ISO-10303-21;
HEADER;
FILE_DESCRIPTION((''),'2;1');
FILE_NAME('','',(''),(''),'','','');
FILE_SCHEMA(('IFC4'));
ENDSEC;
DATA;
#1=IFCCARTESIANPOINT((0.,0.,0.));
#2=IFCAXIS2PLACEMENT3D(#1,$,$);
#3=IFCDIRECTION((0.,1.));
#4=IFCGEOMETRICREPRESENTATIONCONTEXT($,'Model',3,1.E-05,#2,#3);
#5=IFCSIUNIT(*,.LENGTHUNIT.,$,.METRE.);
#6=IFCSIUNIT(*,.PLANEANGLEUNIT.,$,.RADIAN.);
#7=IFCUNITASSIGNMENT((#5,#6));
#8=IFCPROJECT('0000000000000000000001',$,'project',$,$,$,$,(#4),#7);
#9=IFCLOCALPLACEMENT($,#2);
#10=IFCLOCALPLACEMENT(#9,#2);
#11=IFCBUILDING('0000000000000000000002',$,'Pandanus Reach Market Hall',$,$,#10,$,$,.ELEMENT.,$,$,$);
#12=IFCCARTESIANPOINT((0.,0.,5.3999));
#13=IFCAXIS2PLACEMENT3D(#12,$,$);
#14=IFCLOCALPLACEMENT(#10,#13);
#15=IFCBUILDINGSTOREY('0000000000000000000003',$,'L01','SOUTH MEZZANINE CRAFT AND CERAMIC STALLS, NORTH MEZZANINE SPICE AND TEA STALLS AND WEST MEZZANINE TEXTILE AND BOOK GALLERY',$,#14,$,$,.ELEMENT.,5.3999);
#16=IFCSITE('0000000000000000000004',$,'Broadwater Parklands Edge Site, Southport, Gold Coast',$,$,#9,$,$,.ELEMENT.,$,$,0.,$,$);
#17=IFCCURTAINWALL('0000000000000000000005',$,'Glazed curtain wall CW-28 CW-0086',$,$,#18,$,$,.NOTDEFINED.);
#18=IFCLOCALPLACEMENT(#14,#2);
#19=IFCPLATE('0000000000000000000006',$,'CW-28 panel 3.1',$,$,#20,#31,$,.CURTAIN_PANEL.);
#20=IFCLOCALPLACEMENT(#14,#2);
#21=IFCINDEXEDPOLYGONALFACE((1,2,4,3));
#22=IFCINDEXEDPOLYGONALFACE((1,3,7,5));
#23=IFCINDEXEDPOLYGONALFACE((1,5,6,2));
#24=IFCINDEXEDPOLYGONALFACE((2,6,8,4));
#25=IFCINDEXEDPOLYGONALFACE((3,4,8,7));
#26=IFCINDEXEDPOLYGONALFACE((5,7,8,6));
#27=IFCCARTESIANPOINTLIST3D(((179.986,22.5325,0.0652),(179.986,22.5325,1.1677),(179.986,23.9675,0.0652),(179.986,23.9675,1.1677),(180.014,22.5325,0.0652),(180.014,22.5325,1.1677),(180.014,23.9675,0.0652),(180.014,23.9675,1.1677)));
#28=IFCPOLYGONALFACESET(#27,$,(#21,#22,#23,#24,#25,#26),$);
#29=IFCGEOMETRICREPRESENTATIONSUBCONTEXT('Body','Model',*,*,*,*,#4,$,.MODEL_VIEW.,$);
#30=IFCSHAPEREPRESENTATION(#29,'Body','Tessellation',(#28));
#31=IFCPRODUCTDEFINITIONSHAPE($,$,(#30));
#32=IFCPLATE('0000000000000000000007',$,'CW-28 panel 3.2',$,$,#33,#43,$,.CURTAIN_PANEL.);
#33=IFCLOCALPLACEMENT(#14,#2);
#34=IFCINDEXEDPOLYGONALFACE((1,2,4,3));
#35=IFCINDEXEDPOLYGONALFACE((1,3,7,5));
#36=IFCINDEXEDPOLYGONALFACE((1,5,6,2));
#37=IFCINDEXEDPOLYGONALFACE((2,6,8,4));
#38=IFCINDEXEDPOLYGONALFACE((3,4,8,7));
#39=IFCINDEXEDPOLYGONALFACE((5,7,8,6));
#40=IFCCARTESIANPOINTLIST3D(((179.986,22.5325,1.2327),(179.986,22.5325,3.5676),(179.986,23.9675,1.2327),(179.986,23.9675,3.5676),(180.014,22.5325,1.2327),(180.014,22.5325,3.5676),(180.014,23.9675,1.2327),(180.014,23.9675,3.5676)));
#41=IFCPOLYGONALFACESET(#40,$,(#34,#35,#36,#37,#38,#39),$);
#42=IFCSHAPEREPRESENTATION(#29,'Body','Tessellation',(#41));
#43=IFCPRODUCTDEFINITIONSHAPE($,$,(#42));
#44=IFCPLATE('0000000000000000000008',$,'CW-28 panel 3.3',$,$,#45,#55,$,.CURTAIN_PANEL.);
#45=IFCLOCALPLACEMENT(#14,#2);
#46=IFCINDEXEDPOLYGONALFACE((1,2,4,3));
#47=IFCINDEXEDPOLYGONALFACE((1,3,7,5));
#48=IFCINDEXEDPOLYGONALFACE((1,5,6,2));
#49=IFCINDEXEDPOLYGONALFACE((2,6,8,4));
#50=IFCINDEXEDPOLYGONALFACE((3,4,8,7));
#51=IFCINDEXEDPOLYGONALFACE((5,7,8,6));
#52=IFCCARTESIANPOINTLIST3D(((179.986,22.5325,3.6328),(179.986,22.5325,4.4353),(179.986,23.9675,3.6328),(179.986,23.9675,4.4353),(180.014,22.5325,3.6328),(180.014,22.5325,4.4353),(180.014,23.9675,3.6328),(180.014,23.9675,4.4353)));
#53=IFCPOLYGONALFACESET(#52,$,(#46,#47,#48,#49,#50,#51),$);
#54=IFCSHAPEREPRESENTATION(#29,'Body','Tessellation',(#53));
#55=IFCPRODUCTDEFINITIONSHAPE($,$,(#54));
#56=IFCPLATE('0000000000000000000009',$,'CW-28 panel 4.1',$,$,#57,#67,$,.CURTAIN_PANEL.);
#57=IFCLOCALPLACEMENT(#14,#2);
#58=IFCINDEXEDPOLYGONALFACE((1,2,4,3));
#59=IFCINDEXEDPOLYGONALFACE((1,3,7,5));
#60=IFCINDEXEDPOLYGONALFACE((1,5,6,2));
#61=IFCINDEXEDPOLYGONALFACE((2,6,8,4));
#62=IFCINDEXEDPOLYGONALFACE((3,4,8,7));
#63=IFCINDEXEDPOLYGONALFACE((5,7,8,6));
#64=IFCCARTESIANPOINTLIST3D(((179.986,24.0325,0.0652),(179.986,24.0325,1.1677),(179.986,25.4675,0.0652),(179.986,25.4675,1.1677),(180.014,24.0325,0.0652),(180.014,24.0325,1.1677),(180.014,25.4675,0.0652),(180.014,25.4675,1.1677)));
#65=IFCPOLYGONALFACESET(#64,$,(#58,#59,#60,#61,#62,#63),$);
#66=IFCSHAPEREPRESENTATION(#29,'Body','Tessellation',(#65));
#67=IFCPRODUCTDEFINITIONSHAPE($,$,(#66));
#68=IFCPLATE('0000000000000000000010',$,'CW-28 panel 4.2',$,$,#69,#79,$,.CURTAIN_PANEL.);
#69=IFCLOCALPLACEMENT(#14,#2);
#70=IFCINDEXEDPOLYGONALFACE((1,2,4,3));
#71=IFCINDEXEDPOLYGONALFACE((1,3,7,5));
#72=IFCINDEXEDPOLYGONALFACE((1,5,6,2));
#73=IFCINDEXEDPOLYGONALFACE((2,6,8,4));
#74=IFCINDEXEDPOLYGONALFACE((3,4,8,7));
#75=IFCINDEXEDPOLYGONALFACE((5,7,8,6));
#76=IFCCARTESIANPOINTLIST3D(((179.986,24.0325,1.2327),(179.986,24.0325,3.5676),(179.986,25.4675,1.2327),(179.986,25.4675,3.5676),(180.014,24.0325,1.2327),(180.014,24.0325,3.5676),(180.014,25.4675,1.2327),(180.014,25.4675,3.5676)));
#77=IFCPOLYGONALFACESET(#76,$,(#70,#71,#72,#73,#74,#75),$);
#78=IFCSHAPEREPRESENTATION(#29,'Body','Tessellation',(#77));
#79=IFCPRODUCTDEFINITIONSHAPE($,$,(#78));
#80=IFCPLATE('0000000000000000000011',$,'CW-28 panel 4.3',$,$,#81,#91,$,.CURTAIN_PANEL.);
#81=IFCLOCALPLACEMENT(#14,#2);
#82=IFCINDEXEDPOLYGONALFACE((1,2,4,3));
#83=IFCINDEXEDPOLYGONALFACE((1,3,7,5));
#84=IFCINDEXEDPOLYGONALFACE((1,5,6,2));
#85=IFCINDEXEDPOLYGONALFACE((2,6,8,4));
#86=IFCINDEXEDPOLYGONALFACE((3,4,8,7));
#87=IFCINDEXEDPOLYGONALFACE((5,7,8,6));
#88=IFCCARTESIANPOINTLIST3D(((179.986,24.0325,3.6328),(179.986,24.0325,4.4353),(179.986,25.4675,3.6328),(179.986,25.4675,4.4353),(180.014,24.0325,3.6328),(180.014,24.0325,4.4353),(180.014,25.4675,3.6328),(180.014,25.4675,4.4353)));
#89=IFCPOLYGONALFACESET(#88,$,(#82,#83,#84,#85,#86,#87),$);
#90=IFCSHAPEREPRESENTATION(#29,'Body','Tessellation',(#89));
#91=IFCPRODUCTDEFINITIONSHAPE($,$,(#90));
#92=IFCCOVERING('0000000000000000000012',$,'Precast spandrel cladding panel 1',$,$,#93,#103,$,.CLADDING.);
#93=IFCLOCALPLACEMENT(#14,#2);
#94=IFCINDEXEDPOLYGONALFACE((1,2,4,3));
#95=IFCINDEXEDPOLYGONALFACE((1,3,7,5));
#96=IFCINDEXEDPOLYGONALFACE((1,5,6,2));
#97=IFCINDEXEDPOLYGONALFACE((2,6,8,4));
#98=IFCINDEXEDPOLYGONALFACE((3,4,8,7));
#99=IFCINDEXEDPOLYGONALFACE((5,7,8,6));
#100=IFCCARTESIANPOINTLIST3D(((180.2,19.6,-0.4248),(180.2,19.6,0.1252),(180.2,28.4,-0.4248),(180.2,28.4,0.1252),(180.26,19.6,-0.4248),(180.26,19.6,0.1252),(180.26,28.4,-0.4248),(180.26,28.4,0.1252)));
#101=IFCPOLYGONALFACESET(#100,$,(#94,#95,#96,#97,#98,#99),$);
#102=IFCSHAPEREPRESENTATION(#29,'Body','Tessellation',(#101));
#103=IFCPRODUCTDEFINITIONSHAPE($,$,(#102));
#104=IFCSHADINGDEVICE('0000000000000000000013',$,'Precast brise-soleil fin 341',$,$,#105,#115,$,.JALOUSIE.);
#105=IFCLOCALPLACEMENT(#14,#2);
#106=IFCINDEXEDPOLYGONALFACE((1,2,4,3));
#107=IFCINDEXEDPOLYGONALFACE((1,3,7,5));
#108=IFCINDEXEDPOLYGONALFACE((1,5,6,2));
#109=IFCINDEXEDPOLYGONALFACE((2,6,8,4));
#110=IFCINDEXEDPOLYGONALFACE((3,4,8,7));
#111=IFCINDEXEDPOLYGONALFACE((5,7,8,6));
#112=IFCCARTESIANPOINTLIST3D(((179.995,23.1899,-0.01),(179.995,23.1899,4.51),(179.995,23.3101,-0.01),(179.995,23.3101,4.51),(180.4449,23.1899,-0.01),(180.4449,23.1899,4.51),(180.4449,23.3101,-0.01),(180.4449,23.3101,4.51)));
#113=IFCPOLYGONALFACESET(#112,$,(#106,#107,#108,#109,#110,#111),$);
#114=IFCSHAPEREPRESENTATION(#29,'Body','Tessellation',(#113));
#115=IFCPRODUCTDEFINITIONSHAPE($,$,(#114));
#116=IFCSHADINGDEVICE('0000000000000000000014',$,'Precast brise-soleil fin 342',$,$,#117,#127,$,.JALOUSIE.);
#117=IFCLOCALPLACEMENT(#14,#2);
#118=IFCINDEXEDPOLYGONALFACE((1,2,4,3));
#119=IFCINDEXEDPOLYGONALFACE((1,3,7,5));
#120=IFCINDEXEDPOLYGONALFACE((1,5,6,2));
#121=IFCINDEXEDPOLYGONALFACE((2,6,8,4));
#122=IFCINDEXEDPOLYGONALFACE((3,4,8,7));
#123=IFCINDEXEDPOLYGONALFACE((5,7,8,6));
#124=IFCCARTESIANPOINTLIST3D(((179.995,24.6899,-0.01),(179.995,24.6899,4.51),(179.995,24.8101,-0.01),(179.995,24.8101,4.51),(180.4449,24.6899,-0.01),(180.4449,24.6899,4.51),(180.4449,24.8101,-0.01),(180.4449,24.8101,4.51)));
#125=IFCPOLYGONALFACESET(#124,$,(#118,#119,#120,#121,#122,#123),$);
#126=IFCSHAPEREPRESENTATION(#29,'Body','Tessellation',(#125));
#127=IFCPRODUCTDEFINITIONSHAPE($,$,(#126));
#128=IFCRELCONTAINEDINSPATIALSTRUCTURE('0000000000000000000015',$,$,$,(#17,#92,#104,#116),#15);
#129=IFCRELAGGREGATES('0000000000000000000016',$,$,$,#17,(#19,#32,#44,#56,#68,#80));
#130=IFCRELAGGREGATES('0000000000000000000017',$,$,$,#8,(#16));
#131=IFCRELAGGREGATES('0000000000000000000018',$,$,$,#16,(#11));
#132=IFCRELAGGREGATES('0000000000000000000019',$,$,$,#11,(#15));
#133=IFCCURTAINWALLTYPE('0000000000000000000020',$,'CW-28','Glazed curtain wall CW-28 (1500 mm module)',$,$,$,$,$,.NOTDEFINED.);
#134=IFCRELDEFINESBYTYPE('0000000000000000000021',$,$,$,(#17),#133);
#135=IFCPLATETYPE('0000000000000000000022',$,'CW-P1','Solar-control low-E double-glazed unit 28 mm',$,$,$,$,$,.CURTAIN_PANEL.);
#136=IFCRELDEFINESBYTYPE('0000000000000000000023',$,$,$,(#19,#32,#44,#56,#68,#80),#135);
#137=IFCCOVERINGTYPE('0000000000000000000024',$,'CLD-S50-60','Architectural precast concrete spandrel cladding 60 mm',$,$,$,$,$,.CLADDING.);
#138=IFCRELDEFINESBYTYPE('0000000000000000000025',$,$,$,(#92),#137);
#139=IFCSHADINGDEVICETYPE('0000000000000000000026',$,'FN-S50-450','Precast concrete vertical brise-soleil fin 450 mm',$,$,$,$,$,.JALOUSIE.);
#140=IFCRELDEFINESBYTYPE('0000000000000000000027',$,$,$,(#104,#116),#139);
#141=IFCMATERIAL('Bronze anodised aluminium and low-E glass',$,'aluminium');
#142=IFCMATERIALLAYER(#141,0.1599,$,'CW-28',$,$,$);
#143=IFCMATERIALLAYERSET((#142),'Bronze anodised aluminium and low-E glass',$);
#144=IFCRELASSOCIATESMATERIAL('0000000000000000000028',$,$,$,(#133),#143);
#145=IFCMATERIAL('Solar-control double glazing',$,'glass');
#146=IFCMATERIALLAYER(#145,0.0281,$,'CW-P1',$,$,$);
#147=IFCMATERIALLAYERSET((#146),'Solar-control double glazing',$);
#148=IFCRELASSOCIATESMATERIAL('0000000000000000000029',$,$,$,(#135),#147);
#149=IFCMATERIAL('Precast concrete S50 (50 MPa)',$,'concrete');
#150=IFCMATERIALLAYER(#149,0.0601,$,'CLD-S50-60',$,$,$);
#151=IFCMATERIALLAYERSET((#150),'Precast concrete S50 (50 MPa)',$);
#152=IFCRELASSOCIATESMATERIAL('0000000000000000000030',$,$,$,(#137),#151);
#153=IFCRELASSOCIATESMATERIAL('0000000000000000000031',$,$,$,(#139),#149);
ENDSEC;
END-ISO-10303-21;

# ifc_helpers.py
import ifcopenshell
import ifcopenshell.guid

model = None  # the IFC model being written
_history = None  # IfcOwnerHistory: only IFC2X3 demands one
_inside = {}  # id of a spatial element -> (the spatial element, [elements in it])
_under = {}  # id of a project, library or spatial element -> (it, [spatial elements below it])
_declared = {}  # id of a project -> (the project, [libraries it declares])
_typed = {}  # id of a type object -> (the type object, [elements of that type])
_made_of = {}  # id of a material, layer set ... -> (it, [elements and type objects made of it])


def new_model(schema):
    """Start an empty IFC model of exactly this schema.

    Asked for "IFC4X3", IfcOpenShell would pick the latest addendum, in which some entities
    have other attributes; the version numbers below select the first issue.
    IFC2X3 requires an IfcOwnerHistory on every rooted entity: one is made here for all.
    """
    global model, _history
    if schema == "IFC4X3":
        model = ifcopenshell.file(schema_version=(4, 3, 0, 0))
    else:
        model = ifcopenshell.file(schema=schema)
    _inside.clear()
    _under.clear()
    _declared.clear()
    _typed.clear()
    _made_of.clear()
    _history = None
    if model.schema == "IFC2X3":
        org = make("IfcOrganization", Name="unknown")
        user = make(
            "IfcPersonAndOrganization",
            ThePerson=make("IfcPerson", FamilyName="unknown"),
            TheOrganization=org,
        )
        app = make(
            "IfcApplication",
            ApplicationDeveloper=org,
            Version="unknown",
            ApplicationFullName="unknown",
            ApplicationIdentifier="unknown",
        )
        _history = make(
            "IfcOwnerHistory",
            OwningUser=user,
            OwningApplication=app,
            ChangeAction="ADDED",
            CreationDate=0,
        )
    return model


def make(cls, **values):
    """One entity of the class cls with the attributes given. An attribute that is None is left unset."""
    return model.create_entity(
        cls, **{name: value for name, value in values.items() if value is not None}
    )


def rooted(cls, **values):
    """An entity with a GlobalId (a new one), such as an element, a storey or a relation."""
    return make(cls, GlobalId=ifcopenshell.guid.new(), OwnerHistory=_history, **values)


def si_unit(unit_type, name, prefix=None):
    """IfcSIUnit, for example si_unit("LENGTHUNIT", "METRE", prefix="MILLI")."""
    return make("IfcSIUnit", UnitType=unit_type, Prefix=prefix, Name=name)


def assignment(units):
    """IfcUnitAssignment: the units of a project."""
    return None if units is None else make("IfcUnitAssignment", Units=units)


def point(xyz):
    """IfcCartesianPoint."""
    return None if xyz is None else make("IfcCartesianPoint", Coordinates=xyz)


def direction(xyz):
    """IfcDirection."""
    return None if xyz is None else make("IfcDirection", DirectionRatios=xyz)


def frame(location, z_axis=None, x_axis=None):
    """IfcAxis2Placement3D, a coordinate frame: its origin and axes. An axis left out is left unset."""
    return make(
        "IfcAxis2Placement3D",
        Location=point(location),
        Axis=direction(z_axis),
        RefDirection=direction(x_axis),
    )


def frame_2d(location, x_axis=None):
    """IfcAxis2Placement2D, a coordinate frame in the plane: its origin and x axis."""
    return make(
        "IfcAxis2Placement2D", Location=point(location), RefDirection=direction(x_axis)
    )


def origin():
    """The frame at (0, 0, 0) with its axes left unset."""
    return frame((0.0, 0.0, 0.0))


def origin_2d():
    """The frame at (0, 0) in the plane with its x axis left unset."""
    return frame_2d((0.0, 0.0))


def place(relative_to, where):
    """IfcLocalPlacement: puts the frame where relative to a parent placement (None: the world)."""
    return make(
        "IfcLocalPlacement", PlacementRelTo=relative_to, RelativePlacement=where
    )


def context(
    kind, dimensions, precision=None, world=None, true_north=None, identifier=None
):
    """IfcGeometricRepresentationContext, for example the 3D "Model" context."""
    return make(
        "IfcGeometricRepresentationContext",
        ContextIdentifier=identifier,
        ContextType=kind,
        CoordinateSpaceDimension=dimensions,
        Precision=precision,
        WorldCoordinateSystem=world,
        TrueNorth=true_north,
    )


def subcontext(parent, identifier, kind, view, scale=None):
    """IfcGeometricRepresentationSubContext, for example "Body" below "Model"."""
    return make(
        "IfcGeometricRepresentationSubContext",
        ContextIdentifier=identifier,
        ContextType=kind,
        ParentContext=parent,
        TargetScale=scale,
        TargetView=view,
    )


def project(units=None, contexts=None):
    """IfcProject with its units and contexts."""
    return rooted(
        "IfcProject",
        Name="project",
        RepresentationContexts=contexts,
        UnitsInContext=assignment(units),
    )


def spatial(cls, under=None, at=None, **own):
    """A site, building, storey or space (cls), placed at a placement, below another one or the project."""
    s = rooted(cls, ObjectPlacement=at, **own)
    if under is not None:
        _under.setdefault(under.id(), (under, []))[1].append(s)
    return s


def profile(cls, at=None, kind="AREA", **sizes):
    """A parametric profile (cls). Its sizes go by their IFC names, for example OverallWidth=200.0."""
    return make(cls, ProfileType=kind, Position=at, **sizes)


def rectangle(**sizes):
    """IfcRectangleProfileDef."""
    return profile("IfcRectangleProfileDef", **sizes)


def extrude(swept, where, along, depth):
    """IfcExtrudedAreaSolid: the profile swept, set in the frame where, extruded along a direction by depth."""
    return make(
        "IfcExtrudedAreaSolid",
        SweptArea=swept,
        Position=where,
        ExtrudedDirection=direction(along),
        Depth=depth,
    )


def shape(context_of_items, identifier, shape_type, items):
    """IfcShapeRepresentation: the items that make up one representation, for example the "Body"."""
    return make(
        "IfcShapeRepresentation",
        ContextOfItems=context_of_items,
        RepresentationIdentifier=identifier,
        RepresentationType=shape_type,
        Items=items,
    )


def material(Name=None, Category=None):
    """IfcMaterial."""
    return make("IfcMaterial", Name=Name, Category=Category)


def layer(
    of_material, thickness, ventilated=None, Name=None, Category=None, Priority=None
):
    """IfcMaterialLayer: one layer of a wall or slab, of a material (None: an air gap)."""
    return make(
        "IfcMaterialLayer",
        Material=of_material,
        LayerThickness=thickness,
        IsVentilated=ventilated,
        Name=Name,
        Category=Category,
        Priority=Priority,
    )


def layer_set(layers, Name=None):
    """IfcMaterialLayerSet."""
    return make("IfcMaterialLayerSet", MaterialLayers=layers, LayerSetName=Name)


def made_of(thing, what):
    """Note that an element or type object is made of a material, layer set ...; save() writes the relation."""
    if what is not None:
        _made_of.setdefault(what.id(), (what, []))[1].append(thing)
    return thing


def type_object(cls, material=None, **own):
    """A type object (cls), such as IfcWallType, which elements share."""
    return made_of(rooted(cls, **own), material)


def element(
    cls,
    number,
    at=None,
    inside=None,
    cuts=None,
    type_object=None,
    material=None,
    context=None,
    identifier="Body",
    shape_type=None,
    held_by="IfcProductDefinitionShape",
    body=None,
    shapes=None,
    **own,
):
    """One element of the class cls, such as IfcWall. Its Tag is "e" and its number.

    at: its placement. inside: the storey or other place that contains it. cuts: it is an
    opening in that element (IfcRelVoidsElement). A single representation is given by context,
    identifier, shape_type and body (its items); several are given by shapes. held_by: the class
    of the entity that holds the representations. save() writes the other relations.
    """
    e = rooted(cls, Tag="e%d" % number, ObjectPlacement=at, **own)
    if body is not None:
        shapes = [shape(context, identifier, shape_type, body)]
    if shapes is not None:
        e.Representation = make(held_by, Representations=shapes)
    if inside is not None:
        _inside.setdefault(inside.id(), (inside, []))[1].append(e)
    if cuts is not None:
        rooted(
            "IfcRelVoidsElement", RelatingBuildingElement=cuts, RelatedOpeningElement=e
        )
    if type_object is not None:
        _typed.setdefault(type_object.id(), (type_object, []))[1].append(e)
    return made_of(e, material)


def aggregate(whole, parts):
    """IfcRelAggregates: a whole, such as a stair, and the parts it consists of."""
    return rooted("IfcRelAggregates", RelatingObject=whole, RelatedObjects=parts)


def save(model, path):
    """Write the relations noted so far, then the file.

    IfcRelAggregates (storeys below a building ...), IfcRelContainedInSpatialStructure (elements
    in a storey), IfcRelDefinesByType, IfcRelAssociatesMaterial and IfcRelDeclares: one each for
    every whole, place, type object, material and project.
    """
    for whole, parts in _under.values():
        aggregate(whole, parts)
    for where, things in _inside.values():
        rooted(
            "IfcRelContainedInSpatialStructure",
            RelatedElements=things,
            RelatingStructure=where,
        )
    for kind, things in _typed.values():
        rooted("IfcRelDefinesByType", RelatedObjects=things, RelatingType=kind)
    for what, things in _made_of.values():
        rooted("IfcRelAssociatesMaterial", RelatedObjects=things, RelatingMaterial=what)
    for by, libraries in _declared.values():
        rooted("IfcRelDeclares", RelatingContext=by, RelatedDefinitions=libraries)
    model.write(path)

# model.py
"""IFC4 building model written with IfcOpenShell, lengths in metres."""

from ifc_helpers import new_model, si_unit, direction, frame, origin, origin_2d, place, context, subcontext, project, spatial, rectangle, extrude, material, layer, layer_set, type_object, element, aggregate, save


model = new_model("IFC4")

# Units and contexts
model_context = context("Model", 3, precision=1e-05, world=origin(), true_north=direction((0.0, 1.0)))
body_context = subcontext(model_context, "Body", "Model", "MODEL_VIEW")
ifc_project = project(units=[si_unit("LENGTHUNIT", "METRE"), si_unit("PLANEANGLEUNIT", "RADIAN")], contexts=[model_context])

# Site, building, storey
site_placement = place(None, origin())
site = spatial("IfcSite", under=ifc_project, at=site_placement, Name="Broadwater Parklands Edge Site, Southport, Gold Coast", CompositionType="ELEMENT", RefElevation=0.0)
building_placement = place(site_placement, origin())
building = spatial("IfcBuilding", under=site, at=building_placement, Name="Pandanus Reach Market Hall", CompositionType="ELEMENT")
storey_placement = place(building_placement, frame((0.0, 0.0, 5.3999)))
storey = spatial("IfcBuildingStorey", under=building, at=storey_placement, Name="L01", Description="SOUTH MEZZANINE CRAFT AND CERAMIC STALLS, NORTH MEZZANINE SPICE AND TEA STALLS AND WEST MEZZANINE TEXTILE AND BOOK GALLERY", CompositionType="ELEMENT", Elevation=5.3999)

# Curtain wall, plates
ifc_material_1 = material(Name="Bronze anodised aluminium and low-E glass", Category="aluminium")
ifc_layer_1 = layer(ifc_material_1, 0.1599, Name="CW-28")
ifc_layer_set_1 = layer_set([ifc_layer_1], Name="Bronze anodised aluminium and low-E glass")
curtain_wall_type = type_object("IfcCurtainWallType", Name="CW-28", Description="Glazed curtain wall CW-28 (1500 mm module)", PredefinedType="NOTDEFINED", material=ifc_layer_set_1)
curtain_wall_placement = place(storey_placement, origin())
curtain_wall = element("IfcCurtainWall", 1, at=curtain_wall_placement, inside=storey, type_object=curtain_wall_type, Name="Glazed curtain wall CW-28 CW-0086", PredefinedType="NOTDEFINED")
ifc_material_2 = material(Name="Solar-control double glazing", Category="glass")
ifc_layer_2 = layer(ifc_material_2, 0.0281, Name="CW-P1")
ifc_layer_set_2 = layer_set([ifc_layer_2], Name="Solar-control double glazing")
plate_type = type_object("IfcPlateType", Name="CW-P1", Description="Solar-control low-E double-glazed unit 28 mm", PredefinedType="CURTAIN_PANEL", material=ifc_layer_set_2)
plate_1_placement = place(storey_placement, frame((180.0, 23.25, 0.0652), z_axis=(0.0, 0.0, 1.0), x_axis=(0.0, 1.0, 0.0)))
plate_1 = element("IfcPlate", 2, at=plate_1_placement, type_object=plate_type, Name="CW-28 panel 3.1", PredefinedType="CURTAIN_PANEL", context=body_context, shape_type="SweptSolid", body=[
    extrude(rectangle(XDim=1.4351, YDim=0.0281, at=origin_2d()), origin(), (0.0, 0.0, 1.0), 1.1025),
])
plate_2_placement = place(storey_placement, frame((180.0, 23.25, 1.2327), z_axis=(0.0, 0.0, 1.0), x_axis=(0.0, 1.0, 0.0)))
plate_2 = element("IfcPlate", 3, at=plate_2_placement, type_object=plate_type, Name="CW-28 panel 3.2", PredefinedType="CURTAIN_PANEL", context=body_context, shape_type="SweptSolid", body=[
    extrude(rectangle(XDim=1.4351, YDim=0.0281, at=origin_2d()), origin(), (0.0, 0.0, 1.0), 2.335),
])
plate_3_placement = place(storey_placement, frame((180.0, 23.25, 3.6328), z_axis=(0.0, 0.0, 1.0), x_axis=(0.0, 1.0, 0.0)))
plate_3 = element("IfcPlate", 4, at=plate_3_placement, type_object=plate_type, Name="CW-28 panel 3.3", PredefinedType="CURTAIN_PANEL", context=body_context, shape_type="SweptSolid", body=[
    extrude(rectangle(XDim=1.4351, YDim=0.0281, at=origin_2d()), origin(), (0.0, 0.0, 1.0), 0.8025),
])
plate_4_placement = place(storey_placement, frame((180.0, 24.75, 0.0652), z_axis=(0.0, 0.0, 1.0), x_axis=(0.0, 1.0, 0.0)))
plate_4 = element("IfcPlate", 5, at=plate_4_placement, type_object=plate_type, Name="CW-28 panel 4.1", PredefinedType="CURTAIN_PANEL", context=body_context, shape_type="SweptSolid", body=[
    extrude(rectangle(XDim=1.4351, YDim=0.0281, at=origin_2d()), origin(), (0.0, 0.0, 1.0), 1.1025),
])
plate_5_placement = place(storey_placement, frame((180.0, 24.75, 1.2327), z_axis=(0.0, 0.0, 1.0), x_axis=(0.0, 1.0, 0.0)))
plate_5 = element("IfcPlate", 6, at=plate_5_placement, type_object=plate_type, Name="CW-28 panel 4.2", PredefinedType="CURTAIN_PANEL", context=body_context, shape_type="SweptSolid", body=[
    extrude(rectangle(XDim=1.4351, YDim=0.0281, at=origin_2d()), origin(), (0.0, 0.0, 1.0), 2.335),
])
plate_6_placement = place(storey_placement, frame((180.0, 24.75, 3.6328), z_axis=(0.0, 0.0, 1.0), x_axis=(0.0, 1.0, 0.0)))
plate_6 = element("IfcPlate", 7, at=plate_6_placement, type_object=plate_type, Name="CW-28 panel 4.3", PredefinedType="CURTAIN_PANEL", context=body_context, shape_type="SweptSolid", body=[
    extrude(rectangle(XDim=1.4351, YDim=0.0281, at=origin_2d()), origin(), (0.0, 0.0, 1.0), 0.8025),
])
aggregate(curtain_wall, [plate_1, plate_2, plate_3, plate_4, plate_5, plate_6])

# Covering
ifc_material_3 = material(Name="Precast concrete S50 (50 MPa)", Category="concrete")
ifc_layer_3 = layer(ifc_material_3, 0.0601, Name="CLD-S50-60")
ifc_layer_set_3 = layer_set([ifc_layer_3], Name="Precast concrete S50 (50 MPa)")
covering_type = type_object("IfcCoveringType", Name="CLD-S50-60", Description="Architectural precast concrete spandrel cladding 60 mm", PredefinedType="CLADDING", material=ifc_layer_set_3)
covering_placement = place(storey_placement, frame((180.23, 24.0, -0.4248), z_axis=(0.0, 0.0, 1.0), x_axis=(0.0, 1.0, 0.0)))
element("IfcCovering", 8, at=covering_placement, inside=storey, type_object=covering_type, Name="Precast spandrel cladding panel 1", PredefinedType="CLADDING", context=body_context, shape_type="SweptSolid", body=[
    extrude(rectangle(XDim=8.8, YDim=0.0601, at=origin_2d()), origin(), (0.0, 0.0, 1.0), 0.55),
])

# Shading devices
shading_device_type = type_object("IfcShadingDeviceType", Name="FN-S50-450", Description="Precast concrete vertical brise-soleil fin 450 mm", PredefinedType="JALOUSIE", material=ifc_material_3)
for number, where, z_axis, x_axis, name in (
    (9, (180.22, 23.25, -0.01), (0.0, 0.0, 1.0), (1.0, 0.0, 0.0), "Precast brise-soleil fin 341"),
    (10, (180.22, 24.75, -0.01), (0.0, 0.0, 1.0), (1.0, 0.0, 0.0), "Precast brise-soleil fin 342"),
):
    element("IfcShadingDevice", number, at=place(storey_placement, frame(where, z_axis=z_axis, x_axis=x_axis)), inside=storey, type_object=shading_device_type, Name=name, PredefinedType="JALOUSIE", context=body_context, shape_type="SweptSolid", body=[
        extrude(rectangle(XDim=0.45, YDim=0.1201, at=origin_2d()), origin(), (0.0, 0.0, 1.0), 4.52),
    ])

save(model, "model.ifc")
